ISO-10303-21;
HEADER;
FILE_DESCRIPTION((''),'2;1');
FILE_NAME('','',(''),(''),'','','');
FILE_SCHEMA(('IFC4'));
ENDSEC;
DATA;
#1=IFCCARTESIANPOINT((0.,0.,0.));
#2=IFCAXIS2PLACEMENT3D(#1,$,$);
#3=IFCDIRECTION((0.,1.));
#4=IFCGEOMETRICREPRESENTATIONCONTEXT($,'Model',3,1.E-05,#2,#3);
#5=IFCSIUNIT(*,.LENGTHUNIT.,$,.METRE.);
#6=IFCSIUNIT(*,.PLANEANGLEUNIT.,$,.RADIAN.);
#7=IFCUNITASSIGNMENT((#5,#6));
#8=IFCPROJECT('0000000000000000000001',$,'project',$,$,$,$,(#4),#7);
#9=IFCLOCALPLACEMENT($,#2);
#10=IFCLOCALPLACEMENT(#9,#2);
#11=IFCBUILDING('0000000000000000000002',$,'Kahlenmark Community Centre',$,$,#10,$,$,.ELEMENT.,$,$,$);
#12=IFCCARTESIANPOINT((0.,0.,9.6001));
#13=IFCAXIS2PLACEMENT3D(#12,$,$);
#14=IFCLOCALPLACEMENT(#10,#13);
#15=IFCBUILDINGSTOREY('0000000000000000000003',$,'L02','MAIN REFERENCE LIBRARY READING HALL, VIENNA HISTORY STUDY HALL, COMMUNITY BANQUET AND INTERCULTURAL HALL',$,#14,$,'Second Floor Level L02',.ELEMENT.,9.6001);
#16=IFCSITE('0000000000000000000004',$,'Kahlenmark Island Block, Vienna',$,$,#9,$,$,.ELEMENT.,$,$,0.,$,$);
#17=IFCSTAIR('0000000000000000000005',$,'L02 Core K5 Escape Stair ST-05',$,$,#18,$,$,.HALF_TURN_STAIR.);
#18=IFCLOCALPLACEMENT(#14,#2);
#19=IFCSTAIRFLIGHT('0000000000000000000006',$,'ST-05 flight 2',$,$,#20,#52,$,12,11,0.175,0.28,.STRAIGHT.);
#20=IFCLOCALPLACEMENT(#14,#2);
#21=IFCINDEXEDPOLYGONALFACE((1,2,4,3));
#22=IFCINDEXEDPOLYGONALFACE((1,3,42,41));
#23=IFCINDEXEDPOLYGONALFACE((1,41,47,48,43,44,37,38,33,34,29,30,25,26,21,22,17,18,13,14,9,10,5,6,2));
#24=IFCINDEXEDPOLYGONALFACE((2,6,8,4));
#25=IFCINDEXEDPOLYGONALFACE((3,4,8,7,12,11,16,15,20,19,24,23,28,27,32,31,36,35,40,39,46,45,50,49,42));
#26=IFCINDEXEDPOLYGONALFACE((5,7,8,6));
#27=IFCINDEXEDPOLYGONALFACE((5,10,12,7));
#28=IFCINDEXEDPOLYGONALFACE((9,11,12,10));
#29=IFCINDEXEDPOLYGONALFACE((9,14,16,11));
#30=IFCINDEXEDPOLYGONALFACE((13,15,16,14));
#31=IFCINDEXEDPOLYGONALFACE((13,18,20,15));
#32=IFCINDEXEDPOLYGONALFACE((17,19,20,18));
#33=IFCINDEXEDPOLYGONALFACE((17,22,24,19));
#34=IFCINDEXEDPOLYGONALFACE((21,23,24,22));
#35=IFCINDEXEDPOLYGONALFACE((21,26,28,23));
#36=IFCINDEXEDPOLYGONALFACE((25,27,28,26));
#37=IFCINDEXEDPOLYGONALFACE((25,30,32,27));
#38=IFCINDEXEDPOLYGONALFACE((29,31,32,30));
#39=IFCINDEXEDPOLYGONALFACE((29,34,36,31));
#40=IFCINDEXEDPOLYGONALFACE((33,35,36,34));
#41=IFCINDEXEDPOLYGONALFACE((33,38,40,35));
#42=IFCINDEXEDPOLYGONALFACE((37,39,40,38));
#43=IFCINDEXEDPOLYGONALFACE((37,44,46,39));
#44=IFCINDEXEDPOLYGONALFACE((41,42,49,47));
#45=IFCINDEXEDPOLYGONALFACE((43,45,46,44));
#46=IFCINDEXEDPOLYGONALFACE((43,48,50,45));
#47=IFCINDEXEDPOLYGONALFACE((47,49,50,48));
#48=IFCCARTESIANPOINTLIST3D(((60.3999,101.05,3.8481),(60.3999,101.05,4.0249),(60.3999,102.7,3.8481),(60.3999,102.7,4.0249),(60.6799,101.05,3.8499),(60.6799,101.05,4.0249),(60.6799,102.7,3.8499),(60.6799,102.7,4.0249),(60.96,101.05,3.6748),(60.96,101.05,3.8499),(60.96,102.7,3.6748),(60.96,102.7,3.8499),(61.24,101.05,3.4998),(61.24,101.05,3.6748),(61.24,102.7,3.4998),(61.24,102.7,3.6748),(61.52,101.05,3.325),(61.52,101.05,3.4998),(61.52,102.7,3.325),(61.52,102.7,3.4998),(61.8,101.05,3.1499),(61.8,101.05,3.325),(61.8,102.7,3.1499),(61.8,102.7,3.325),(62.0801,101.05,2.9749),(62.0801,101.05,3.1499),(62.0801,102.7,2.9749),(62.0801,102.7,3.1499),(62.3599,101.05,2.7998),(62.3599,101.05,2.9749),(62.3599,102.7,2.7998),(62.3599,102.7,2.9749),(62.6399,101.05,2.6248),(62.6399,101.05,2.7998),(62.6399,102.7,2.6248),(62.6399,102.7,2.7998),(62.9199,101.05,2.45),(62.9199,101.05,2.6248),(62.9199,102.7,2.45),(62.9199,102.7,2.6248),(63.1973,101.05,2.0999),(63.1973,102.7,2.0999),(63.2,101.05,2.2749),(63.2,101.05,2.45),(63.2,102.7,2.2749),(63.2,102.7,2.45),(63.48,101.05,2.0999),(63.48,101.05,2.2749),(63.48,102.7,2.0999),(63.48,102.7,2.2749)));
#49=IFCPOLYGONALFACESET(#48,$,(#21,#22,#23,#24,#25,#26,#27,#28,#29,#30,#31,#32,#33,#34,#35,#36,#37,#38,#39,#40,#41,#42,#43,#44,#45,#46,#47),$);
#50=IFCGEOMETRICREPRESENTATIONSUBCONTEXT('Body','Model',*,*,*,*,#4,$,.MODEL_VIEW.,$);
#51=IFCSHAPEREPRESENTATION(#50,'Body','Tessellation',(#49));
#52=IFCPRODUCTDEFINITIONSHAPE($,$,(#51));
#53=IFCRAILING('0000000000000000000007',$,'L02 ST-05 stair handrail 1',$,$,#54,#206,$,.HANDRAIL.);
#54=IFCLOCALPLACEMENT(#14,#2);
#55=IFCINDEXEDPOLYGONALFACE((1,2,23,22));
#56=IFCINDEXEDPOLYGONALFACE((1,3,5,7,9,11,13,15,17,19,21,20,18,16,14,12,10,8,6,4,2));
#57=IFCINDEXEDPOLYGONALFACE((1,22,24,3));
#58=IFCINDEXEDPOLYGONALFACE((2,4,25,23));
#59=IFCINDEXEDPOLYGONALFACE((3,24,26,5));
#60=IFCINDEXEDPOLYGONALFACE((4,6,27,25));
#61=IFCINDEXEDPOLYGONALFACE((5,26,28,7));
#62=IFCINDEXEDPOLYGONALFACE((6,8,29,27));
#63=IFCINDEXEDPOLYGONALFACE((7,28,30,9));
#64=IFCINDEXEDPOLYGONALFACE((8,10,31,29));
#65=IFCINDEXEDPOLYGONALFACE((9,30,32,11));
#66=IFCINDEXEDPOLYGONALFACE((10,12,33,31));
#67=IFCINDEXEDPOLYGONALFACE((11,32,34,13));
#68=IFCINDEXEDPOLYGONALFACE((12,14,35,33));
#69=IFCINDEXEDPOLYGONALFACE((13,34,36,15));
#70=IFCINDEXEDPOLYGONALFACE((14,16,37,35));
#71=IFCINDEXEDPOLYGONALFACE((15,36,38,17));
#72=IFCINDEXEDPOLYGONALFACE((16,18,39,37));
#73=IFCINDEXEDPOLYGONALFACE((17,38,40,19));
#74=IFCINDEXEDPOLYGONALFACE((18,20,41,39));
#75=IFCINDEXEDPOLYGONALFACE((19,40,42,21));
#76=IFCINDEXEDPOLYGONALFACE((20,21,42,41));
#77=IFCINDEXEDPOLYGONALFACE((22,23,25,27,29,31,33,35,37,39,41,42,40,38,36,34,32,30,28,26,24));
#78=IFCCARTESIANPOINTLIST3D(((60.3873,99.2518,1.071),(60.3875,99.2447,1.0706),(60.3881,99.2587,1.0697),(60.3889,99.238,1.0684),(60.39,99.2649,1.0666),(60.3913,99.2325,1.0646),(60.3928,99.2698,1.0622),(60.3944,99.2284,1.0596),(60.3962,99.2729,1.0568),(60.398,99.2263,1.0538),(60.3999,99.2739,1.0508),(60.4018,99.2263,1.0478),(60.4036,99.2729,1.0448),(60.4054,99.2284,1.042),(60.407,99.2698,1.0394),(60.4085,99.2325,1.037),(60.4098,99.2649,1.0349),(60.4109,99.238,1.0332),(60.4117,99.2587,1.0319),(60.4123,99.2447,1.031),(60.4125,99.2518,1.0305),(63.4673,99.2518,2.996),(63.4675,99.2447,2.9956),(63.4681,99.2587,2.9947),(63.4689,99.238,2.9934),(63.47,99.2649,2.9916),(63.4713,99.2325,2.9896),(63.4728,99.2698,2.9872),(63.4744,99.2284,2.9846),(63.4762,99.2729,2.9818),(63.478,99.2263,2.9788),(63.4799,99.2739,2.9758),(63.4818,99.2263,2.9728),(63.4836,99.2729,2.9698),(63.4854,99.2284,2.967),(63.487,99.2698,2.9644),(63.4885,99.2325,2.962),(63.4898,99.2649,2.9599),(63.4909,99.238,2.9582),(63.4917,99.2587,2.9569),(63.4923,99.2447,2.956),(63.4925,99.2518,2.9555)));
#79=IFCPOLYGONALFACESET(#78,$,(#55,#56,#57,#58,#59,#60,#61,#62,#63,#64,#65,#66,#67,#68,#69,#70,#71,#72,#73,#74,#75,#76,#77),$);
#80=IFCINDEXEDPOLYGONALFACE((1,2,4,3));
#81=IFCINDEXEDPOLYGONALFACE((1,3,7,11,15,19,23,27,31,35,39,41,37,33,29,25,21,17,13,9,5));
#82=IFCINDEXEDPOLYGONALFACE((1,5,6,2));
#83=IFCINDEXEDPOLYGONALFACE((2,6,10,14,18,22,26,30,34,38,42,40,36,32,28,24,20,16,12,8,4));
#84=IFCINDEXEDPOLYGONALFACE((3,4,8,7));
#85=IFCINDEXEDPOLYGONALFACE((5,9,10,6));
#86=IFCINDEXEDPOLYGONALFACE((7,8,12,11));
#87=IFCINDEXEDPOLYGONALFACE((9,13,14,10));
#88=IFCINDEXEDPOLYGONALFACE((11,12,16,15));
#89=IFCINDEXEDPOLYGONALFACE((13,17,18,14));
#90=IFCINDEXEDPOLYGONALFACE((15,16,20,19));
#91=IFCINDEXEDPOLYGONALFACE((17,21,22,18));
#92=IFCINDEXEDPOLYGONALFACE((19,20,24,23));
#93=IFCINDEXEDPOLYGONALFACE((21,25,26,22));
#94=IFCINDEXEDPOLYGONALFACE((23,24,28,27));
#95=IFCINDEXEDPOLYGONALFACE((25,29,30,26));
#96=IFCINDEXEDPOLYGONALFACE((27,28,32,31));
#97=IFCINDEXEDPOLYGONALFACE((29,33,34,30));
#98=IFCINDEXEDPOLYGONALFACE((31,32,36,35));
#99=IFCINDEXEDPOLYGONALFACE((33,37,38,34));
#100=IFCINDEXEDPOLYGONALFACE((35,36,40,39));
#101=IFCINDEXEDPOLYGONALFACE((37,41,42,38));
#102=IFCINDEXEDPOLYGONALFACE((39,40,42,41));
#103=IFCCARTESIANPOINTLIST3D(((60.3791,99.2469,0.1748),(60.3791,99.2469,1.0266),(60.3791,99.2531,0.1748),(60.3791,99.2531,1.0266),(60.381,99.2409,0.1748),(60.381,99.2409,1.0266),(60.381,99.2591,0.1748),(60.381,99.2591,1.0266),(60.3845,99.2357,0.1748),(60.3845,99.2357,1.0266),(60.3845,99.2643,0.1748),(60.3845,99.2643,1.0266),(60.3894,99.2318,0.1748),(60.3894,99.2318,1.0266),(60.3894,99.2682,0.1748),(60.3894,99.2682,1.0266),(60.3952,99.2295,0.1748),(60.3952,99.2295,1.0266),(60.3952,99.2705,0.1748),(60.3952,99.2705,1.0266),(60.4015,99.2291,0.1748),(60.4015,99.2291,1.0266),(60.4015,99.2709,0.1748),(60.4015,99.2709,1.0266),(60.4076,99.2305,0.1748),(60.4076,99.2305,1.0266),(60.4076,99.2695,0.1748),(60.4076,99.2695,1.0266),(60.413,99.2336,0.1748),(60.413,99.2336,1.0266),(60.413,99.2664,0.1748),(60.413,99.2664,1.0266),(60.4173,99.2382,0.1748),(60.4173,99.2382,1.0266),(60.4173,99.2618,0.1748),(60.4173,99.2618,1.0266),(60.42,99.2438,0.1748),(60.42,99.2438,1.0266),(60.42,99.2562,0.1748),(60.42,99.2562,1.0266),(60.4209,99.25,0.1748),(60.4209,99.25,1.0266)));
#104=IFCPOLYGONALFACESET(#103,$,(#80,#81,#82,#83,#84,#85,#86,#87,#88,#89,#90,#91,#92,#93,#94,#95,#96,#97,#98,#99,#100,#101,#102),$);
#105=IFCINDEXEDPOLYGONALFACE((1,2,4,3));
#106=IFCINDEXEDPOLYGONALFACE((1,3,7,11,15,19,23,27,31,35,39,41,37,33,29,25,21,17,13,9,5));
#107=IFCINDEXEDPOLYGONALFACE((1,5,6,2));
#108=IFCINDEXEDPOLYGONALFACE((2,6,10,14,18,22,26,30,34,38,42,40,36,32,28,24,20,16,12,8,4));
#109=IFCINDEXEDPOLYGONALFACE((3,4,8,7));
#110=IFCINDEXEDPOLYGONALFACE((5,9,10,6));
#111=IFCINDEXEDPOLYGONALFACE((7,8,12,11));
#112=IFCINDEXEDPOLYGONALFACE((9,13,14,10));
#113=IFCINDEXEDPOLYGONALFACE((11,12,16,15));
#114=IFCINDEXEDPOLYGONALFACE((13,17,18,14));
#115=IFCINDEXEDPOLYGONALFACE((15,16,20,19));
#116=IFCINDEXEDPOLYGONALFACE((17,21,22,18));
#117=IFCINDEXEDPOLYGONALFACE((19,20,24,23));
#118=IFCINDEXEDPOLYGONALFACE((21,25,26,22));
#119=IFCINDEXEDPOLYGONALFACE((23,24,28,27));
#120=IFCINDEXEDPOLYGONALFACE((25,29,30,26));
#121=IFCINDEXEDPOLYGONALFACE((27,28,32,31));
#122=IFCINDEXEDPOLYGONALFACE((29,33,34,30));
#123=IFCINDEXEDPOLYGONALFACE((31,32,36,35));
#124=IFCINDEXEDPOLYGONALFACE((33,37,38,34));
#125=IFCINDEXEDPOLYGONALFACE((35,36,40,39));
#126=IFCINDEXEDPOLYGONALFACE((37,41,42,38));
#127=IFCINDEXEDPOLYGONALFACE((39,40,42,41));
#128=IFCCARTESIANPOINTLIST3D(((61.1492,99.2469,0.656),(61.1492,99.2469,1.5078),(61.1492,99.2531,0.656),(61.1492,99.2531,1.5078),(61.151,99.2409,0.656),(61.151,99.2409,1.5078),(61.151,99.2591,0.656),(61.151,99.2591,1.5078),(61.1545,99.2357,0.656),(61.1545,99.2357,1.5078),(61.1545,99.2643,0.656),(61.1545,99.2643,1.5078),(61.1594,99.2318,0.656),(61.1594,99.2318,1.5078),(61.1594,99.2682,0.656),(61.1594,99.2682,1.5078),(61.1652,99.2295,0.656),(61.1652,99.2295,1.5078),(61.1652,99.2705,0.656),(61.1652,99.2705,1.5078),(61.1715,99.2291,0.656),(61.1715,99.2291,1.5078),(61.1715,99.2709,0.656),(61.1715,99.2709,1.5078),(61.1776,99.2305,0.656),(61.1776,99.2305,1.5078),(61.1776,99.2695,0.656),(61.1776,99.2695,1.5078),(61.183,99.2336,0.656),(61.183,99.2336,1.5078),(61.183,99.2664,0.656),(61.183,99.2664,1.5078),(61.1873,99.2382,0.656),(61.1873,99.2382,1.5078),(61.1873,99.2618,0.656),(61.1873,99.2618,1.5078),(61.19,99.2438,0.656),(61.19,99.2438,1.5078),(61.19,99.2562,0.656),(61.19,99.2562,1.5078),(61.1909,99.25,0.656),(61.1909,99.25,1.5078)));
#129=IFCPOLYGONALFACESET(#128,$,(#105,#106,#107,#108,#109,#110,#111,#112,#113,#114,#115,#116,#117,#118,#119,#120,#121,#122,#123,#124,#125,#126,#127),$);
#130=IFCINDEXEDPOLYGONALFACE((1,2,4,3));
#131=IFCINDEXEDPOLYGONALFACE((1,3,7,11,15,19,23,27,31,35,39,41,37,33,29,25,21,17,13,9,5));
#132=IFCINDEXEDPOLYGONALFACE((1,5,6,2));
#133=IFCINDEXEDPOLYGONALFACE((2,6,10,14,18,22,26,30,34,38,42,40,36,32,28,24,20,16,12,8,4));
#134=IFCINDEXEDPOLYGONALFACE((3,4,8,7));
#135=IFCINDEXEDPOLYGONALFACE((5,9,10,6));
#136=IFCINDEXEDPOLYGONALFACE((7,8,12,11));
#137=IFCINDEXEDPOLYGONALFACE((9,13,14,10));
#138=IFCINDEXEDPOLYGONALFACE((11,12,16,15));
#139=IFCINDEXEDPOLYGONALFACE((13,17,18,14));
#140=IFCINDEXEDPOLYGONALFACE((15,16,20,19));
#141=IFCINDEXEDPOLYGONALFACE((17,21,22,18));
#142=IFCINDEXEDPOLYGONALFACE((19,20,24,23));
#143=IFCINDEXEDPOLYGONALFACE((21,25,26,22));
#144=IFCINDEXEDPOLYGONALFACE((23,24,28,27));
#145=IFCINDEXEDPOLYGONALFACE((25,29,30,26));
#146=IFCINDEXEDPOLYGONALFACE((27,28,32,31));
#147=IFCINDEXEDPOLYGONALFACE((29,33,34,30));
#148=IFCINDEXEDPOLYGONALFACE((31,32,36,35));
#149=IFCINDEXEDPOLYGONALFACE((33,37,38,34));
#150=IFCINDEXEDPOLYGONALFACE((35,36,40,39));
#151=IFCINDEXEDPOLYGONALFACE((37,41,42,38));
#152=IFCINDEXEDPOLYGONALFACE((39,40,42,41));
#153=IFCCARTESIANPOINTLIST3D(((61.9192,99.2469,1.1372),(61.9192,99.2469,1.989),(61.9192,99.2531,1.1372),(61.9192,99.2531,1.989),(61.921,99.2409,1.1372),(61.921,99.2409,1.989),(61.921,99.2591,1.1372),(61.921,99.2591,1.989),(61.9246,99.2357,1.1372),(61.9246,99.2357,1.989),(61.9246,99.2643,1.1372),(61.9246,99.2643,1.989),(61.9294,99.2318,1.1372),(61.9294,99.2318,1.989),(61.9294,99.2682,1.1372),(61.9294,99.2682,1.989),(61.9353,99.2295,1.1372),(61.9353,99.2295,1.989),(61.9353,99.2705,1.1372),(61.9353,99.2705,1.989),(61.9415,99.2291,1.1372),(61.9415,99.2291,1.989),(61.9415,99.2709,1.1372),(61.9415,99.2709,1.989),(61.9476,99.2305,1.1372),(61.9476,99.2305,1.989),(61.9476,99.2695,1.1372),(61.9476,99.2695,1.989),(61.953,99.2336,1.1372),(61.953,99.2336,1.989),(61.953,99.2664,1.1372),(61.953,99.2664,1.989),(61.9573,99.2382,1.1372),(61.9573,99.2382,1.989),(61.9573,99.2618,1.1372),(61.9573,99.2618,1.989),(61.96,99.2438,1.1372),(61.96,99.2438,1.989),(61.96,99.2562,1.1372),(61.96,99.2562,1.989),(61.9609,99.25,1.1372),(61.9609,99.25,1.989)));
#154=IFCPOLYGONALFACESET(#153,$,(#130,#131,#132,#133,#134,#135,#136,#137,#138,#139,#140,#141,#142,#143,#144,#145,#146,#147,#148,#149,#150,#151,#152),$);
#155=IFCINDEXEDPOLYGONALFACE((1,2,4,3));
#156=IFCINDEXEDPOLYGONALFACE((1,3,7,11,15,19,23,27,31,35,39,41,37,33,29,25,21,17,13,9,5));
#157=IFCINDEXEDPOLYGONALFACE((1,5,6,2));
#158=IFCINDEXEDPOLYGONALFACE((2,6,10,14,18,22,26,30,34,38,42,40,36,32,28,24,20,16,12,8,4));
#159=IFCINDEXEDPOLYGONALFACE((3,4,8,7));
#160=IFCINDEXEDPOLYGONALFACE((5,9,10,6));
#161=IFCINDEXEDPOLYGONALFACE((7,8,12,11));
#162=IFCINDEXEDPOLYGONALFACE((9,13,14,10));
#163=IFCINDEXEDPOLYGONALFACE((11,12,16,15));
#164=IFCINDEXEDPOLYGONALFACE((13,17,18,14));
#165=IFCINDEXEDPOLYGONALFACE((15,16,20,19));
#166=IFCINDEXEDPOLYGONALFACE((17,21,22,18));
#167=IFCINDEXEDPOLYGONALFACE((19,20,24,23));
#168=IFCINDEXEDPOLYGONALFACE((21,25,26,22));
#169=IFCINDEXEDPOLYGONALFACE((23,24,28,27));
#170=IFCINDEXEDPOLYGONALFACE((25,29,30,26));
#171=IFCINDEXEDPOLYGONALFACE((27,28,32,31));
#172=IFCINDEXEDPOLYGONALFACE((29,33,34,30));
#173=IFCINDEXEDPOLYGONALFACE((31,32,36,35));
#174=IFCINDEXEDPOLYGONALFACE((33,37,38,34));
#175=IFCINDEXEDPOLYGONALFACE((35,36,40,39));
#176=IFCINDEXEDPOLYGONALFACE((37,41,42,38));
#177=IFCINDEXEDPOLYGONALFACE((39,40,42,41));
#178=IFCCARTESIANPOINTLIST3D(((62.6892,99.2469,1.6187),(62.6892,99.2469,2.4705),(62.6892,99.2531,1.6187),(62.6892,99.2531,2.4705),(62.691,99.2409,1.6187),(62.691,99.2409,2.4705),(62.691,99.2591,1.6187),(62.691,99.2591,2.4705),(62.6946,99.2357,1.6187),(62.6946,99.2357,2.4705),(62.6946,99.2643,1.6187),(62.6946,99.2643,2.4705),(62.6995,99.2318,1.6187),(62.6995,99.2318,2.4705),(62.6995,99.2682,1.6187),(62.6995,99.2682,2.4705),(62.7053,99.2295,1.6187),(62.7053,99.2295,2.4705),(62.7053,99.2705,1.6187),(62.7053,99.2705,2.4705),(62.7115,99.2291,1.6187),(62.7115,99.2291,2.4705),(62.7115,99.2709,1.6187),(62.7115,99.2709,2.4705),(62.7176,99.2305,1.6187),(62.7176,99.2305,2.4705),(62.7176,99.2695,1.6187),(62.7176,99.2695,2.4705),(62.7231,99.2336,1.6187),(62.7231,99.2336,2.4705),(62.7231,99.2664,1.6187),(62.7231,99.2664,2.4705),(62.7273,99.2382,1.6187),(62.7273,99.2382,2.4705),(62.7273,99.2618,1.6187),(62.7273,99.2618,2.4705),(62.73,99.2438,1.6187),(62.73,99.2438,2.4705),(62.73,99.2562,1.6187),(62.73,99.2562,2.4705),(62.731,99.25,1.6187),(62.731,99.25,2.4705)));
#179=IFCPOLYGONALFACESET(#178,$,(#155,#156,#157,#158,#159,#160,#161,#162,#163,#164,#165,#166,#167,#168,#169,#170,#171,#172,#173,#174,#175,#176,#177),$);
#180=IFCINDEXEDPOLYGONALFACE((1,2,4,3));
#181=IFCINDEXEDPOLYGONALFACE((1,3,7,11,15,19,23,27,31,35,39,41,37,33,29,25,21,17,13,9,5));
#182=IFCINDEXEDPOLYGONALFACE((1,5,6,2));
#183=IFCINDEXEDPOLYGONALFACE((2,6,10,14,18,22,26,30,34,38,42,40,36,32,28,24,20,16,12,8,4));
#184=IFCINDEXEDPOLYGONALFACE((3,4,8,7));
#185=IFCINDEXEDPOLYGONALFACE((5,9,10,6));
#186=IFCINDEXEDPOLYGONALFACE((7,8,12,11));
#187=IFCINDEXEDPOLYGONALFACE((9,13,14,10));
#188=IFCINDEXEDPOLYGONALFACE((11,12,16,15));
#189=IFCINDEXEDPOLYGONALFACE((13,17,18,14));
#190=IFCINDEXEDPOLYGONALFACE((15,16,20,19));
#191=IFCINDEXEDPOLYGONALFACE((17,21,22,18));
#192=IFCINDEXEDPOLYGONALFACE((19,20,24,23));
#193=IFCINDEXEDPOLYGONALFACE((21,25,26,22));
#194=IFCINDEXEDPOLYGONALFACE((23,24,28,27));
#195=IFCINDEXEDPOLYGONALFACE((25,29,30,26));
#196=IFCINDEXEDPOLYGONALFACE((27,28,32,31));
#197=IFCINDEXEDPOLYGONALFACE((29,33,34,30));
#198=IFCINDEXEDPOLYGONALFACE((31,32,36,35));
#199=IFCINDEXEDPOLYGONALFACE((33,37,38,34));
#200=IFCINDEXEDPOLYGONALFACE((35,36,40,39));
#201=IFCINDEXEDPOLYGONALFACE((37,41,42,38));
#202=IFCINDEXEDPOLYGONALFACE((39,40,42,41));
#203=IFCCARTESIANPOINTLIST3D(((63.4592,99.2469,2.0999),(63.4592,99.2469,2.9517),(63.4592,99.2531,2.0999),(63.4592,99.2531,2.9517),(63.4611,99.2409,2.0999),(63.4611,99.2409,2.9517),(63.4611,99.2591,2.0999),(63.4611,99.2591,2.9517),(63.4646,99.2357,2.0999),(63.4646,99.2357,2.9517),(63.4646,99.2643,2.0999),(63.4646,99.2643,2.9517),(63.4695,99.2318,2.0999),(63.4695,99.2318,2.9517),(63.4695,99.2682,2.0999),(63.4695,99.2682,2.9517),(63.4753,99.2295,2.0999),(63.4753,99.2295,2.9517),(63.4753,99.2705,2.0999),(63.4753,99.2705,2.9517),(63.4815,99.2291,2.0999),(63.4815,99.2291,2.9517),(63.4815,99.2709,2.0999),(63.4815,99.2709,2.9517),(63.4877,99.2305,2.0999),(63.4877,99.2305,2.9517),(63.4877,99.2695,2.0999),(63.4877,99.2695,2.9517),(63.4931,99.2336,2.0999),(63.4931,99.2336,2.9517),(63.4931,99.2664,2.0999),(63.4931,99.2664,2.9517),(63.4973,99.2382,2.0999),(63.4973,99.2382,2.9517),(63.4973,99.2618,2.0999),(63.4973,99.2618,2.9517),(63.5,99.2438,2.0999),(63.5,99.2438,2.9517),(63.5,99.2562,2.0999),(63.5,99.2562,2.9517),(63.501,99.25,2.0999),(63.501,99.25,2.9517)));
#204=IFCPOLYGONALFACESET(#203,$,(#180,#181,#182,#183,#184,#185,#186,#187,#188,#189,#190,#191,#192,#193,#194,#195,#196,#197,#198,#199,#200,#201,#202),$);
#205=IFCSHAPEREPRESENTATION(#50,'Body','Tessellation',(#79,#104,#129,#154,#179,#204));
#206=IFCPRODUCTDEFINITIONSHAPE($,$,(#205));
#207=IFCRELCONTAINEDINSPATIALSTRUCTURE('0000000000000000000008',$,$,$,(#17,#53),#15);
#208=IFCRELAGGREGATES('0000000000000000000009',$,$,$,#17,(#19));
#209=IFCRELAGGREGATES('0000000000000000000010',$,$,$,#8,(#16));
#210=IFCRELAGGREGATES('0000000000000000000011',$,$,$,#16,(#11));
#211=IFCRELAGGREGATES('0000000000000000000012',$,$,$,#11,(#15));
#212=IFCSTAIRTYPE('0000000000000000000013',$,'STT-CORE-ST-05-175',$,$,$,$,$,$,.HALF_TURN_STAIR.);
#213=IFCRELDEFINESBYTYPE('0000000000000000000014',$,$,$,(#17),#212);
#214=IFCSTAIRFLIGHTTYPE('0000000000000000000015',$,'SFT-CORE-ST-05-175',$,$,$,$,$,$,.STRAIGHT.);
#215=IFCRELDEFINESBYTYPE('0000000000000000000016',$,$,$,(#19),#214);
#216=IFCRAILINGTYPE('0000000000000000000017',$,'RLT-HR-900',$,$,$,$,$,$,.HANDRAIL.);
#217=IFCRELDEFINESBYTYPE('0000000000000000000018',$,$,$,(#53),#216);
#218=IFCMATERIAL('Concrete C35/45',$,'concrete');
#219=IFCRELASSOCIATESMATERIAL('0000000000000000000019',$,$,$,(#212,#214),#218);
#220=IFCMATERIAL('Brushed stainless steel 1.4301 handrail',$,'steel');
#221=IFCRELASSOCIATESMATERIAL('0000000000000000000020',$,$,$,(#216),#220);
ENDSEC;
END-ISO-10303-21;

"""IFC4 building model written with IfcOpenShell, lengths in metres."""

from ifc_helpers import new_model, si_unit, direction, frame, origin, origin_2d, place, context, subcontext, project, spatial, polyline, circle, outline, extrude, material, type_object, element, aggregate, save


model = new_model("IFC4")

# Units and contexts
model_context = context("Model", 3, precision=1e-05, world=origin(), true_north=direction((0.0, 1.0)))
body_context = subcontext(model_context, "Body", "Model", "MODEL_VIEW")
ifc_project = project(units=[si_unit("LENGTHUNIT", "METRE"), si_unit("PLANEANGLEUNIT", "RADIAN")], contexts=[model_context])

# Site, building, storey
site_placement = place(None, origin())
site = spatial("IfcSite", under=ifc_project, at=site_placement, Name="Kahlenmark Island Block, Vienna", CompositionType="ELEMENT", RefElevation=0.0)
building_placement = place(site_placement, origin())
building = spatial("IfcBuilding", under=site, at=building_placement, Name="Kahlenmark Community Centre", CompositionType="ELEMENT")
storey_placement = place(building_placement, frame((0.0, 0.0, 9.6001)))
storey = spatial("IfcBuildingStorey", under=building, at=storey_placement, Name="L02", Description="MAIN REFERENCE LIBRARY READING HALL, VIENNA HISTORY STUDY HALL, COMMUNITY BANQUET AND INTERCULTURAL HALL", LongName="Second Floor Level L02", CompositionType="ELEMENT", Elevation=9.6001)

# Shared definitions
ifc_material_1 = material(Name="Concrete C35/45", Category="concrete")

# Stair, stair flight
stair_type = type_object("IfcStairType", Name="STT-CORE-ST-05-175", PredefinedType="HALF_TURN_STAIR", material=ifc_material_1)
stair_placement = place(storey_placement, origin())
stair = element("IfcStair", 1, at=stair_placement, inside=storey, type_object=stair_type, Name="L02 Core K5 Escape Stair ST-05", PredefinedType="HALF_TURN_STAIR")
stair_flight_type = type_object("IfcStairFlightType", Name="SFT-CORE-ST-05-175", PredefinedType="STRAIGHT", material=ifc_material_1)
stair_flight_1_placement = place(storey_placement, frame((63.48, 101.875, 2.0999), z_axis=(0.0, 0.0, 1.0), x_axis=(-1.0, 0.0, 0.0)))
stair_flight_1 = element("IfcStairFlight", 2, at=stair_flight_1_placement, type_object=stair_flight_type, Name="ST-05 flight 2", NumberOfRisers=12, NumberOfTreads=11, PredefinedType="STRAIGHT", RiserHeight=0.175, TreadLength=0.28, context=body_context, shape_type="SweptSolid", body=[
    extrude(outline(polyline([(0.0, 0.0), (0.0, 0.175), (0.28, 0.175), (0.28, 0.3501), (0.5601, 0.3501), (0.5601, 0.5249), (0.8401, 0.5249), (0.8401, 0.7), (1.1201, 0.7), (1.1201, 0.875), (1.3999, 0.875), (1.3999, 1.05), (1.6799, 1.05), (1.6799, 1.2251), (1.96, 1.2251), (1.96, 1.3999), (2.24, 1.3999), (2.24, 1.575), (2.52, 1.575), (2.52, 1.75), (2.8, 1.75), (2.8, 1.925), (3.0801, 1.925), (3.0801, 2.1001), (3.0801, 1.7483), (0.2827, 0.0), (0.0, 0.0)])), frame((0.0, 0.825, 0.0), z_axis=(0.0, -1.0, 0.0), x_axis=(1.0, 0.0, 0.0)), (0.0, 0.0, 1.0), 1.6499),
])
aggregate(stair, [stair_flight_1])

# Railing
ifc_material_2 = material(Name="Brushed stainless steel 1.4301 handrail", Category="steel")
railing_type_1 = type_object("IfcRailingType", Name="RLT-HR-900", PredefinedType="HANDRAIL", material=ifc_material_2)
railing_1_placement = place(storey_placement, frame((60.3999, 99.25, 0.1748)))
element("IfcRailing", 3, at=railing_1_placement, inside=storey, type_object=railing_type_1, Name="L02 ST-05 stair handrail 1", PredefinedType="HANDRAIL", context=body_context, shape_type="SweptSolid", body=[
    extrude(circle(Radius=0.0239, at=origin_2d()), frame((0.0, 0.0, 0.876), z_axis=(0.847998, 0.0, 0.529999), x_axis=(0.0, 1.0, 0.0)), (0.0, 0.0, 1.0), 3.6321),
    extrude(circle(Radius=0.021, at=origin_2d()), origin(), (0.0, 0.0, 1.0), 0.8518),
    extrude(circle(Radius=0.021, at=origin_2d()), frame((0.77, 0.0, 0.4812)), (0.0, 0.0, 1.0), 0.8518),
    extrude(circle(Radius=0.021, at=origin_2d()), frame((1.54, 0.0, 0.9624)), (0.0, 0.0, 1.0), 0.8518),
    extrude(circle(Radius=0.021, at=origin_2d()), frame((2.3101, 0.0, 1.4438)), (0.0, 0.0, 1.0), 0.8518),
    extrude(circle(Radius=0.021, at=origin_2d()), frame((3.0801, 0.0, 1.925)), (0.0, 0.0, 1.0), 0.8518),
])

save(model, "model.ifc")
